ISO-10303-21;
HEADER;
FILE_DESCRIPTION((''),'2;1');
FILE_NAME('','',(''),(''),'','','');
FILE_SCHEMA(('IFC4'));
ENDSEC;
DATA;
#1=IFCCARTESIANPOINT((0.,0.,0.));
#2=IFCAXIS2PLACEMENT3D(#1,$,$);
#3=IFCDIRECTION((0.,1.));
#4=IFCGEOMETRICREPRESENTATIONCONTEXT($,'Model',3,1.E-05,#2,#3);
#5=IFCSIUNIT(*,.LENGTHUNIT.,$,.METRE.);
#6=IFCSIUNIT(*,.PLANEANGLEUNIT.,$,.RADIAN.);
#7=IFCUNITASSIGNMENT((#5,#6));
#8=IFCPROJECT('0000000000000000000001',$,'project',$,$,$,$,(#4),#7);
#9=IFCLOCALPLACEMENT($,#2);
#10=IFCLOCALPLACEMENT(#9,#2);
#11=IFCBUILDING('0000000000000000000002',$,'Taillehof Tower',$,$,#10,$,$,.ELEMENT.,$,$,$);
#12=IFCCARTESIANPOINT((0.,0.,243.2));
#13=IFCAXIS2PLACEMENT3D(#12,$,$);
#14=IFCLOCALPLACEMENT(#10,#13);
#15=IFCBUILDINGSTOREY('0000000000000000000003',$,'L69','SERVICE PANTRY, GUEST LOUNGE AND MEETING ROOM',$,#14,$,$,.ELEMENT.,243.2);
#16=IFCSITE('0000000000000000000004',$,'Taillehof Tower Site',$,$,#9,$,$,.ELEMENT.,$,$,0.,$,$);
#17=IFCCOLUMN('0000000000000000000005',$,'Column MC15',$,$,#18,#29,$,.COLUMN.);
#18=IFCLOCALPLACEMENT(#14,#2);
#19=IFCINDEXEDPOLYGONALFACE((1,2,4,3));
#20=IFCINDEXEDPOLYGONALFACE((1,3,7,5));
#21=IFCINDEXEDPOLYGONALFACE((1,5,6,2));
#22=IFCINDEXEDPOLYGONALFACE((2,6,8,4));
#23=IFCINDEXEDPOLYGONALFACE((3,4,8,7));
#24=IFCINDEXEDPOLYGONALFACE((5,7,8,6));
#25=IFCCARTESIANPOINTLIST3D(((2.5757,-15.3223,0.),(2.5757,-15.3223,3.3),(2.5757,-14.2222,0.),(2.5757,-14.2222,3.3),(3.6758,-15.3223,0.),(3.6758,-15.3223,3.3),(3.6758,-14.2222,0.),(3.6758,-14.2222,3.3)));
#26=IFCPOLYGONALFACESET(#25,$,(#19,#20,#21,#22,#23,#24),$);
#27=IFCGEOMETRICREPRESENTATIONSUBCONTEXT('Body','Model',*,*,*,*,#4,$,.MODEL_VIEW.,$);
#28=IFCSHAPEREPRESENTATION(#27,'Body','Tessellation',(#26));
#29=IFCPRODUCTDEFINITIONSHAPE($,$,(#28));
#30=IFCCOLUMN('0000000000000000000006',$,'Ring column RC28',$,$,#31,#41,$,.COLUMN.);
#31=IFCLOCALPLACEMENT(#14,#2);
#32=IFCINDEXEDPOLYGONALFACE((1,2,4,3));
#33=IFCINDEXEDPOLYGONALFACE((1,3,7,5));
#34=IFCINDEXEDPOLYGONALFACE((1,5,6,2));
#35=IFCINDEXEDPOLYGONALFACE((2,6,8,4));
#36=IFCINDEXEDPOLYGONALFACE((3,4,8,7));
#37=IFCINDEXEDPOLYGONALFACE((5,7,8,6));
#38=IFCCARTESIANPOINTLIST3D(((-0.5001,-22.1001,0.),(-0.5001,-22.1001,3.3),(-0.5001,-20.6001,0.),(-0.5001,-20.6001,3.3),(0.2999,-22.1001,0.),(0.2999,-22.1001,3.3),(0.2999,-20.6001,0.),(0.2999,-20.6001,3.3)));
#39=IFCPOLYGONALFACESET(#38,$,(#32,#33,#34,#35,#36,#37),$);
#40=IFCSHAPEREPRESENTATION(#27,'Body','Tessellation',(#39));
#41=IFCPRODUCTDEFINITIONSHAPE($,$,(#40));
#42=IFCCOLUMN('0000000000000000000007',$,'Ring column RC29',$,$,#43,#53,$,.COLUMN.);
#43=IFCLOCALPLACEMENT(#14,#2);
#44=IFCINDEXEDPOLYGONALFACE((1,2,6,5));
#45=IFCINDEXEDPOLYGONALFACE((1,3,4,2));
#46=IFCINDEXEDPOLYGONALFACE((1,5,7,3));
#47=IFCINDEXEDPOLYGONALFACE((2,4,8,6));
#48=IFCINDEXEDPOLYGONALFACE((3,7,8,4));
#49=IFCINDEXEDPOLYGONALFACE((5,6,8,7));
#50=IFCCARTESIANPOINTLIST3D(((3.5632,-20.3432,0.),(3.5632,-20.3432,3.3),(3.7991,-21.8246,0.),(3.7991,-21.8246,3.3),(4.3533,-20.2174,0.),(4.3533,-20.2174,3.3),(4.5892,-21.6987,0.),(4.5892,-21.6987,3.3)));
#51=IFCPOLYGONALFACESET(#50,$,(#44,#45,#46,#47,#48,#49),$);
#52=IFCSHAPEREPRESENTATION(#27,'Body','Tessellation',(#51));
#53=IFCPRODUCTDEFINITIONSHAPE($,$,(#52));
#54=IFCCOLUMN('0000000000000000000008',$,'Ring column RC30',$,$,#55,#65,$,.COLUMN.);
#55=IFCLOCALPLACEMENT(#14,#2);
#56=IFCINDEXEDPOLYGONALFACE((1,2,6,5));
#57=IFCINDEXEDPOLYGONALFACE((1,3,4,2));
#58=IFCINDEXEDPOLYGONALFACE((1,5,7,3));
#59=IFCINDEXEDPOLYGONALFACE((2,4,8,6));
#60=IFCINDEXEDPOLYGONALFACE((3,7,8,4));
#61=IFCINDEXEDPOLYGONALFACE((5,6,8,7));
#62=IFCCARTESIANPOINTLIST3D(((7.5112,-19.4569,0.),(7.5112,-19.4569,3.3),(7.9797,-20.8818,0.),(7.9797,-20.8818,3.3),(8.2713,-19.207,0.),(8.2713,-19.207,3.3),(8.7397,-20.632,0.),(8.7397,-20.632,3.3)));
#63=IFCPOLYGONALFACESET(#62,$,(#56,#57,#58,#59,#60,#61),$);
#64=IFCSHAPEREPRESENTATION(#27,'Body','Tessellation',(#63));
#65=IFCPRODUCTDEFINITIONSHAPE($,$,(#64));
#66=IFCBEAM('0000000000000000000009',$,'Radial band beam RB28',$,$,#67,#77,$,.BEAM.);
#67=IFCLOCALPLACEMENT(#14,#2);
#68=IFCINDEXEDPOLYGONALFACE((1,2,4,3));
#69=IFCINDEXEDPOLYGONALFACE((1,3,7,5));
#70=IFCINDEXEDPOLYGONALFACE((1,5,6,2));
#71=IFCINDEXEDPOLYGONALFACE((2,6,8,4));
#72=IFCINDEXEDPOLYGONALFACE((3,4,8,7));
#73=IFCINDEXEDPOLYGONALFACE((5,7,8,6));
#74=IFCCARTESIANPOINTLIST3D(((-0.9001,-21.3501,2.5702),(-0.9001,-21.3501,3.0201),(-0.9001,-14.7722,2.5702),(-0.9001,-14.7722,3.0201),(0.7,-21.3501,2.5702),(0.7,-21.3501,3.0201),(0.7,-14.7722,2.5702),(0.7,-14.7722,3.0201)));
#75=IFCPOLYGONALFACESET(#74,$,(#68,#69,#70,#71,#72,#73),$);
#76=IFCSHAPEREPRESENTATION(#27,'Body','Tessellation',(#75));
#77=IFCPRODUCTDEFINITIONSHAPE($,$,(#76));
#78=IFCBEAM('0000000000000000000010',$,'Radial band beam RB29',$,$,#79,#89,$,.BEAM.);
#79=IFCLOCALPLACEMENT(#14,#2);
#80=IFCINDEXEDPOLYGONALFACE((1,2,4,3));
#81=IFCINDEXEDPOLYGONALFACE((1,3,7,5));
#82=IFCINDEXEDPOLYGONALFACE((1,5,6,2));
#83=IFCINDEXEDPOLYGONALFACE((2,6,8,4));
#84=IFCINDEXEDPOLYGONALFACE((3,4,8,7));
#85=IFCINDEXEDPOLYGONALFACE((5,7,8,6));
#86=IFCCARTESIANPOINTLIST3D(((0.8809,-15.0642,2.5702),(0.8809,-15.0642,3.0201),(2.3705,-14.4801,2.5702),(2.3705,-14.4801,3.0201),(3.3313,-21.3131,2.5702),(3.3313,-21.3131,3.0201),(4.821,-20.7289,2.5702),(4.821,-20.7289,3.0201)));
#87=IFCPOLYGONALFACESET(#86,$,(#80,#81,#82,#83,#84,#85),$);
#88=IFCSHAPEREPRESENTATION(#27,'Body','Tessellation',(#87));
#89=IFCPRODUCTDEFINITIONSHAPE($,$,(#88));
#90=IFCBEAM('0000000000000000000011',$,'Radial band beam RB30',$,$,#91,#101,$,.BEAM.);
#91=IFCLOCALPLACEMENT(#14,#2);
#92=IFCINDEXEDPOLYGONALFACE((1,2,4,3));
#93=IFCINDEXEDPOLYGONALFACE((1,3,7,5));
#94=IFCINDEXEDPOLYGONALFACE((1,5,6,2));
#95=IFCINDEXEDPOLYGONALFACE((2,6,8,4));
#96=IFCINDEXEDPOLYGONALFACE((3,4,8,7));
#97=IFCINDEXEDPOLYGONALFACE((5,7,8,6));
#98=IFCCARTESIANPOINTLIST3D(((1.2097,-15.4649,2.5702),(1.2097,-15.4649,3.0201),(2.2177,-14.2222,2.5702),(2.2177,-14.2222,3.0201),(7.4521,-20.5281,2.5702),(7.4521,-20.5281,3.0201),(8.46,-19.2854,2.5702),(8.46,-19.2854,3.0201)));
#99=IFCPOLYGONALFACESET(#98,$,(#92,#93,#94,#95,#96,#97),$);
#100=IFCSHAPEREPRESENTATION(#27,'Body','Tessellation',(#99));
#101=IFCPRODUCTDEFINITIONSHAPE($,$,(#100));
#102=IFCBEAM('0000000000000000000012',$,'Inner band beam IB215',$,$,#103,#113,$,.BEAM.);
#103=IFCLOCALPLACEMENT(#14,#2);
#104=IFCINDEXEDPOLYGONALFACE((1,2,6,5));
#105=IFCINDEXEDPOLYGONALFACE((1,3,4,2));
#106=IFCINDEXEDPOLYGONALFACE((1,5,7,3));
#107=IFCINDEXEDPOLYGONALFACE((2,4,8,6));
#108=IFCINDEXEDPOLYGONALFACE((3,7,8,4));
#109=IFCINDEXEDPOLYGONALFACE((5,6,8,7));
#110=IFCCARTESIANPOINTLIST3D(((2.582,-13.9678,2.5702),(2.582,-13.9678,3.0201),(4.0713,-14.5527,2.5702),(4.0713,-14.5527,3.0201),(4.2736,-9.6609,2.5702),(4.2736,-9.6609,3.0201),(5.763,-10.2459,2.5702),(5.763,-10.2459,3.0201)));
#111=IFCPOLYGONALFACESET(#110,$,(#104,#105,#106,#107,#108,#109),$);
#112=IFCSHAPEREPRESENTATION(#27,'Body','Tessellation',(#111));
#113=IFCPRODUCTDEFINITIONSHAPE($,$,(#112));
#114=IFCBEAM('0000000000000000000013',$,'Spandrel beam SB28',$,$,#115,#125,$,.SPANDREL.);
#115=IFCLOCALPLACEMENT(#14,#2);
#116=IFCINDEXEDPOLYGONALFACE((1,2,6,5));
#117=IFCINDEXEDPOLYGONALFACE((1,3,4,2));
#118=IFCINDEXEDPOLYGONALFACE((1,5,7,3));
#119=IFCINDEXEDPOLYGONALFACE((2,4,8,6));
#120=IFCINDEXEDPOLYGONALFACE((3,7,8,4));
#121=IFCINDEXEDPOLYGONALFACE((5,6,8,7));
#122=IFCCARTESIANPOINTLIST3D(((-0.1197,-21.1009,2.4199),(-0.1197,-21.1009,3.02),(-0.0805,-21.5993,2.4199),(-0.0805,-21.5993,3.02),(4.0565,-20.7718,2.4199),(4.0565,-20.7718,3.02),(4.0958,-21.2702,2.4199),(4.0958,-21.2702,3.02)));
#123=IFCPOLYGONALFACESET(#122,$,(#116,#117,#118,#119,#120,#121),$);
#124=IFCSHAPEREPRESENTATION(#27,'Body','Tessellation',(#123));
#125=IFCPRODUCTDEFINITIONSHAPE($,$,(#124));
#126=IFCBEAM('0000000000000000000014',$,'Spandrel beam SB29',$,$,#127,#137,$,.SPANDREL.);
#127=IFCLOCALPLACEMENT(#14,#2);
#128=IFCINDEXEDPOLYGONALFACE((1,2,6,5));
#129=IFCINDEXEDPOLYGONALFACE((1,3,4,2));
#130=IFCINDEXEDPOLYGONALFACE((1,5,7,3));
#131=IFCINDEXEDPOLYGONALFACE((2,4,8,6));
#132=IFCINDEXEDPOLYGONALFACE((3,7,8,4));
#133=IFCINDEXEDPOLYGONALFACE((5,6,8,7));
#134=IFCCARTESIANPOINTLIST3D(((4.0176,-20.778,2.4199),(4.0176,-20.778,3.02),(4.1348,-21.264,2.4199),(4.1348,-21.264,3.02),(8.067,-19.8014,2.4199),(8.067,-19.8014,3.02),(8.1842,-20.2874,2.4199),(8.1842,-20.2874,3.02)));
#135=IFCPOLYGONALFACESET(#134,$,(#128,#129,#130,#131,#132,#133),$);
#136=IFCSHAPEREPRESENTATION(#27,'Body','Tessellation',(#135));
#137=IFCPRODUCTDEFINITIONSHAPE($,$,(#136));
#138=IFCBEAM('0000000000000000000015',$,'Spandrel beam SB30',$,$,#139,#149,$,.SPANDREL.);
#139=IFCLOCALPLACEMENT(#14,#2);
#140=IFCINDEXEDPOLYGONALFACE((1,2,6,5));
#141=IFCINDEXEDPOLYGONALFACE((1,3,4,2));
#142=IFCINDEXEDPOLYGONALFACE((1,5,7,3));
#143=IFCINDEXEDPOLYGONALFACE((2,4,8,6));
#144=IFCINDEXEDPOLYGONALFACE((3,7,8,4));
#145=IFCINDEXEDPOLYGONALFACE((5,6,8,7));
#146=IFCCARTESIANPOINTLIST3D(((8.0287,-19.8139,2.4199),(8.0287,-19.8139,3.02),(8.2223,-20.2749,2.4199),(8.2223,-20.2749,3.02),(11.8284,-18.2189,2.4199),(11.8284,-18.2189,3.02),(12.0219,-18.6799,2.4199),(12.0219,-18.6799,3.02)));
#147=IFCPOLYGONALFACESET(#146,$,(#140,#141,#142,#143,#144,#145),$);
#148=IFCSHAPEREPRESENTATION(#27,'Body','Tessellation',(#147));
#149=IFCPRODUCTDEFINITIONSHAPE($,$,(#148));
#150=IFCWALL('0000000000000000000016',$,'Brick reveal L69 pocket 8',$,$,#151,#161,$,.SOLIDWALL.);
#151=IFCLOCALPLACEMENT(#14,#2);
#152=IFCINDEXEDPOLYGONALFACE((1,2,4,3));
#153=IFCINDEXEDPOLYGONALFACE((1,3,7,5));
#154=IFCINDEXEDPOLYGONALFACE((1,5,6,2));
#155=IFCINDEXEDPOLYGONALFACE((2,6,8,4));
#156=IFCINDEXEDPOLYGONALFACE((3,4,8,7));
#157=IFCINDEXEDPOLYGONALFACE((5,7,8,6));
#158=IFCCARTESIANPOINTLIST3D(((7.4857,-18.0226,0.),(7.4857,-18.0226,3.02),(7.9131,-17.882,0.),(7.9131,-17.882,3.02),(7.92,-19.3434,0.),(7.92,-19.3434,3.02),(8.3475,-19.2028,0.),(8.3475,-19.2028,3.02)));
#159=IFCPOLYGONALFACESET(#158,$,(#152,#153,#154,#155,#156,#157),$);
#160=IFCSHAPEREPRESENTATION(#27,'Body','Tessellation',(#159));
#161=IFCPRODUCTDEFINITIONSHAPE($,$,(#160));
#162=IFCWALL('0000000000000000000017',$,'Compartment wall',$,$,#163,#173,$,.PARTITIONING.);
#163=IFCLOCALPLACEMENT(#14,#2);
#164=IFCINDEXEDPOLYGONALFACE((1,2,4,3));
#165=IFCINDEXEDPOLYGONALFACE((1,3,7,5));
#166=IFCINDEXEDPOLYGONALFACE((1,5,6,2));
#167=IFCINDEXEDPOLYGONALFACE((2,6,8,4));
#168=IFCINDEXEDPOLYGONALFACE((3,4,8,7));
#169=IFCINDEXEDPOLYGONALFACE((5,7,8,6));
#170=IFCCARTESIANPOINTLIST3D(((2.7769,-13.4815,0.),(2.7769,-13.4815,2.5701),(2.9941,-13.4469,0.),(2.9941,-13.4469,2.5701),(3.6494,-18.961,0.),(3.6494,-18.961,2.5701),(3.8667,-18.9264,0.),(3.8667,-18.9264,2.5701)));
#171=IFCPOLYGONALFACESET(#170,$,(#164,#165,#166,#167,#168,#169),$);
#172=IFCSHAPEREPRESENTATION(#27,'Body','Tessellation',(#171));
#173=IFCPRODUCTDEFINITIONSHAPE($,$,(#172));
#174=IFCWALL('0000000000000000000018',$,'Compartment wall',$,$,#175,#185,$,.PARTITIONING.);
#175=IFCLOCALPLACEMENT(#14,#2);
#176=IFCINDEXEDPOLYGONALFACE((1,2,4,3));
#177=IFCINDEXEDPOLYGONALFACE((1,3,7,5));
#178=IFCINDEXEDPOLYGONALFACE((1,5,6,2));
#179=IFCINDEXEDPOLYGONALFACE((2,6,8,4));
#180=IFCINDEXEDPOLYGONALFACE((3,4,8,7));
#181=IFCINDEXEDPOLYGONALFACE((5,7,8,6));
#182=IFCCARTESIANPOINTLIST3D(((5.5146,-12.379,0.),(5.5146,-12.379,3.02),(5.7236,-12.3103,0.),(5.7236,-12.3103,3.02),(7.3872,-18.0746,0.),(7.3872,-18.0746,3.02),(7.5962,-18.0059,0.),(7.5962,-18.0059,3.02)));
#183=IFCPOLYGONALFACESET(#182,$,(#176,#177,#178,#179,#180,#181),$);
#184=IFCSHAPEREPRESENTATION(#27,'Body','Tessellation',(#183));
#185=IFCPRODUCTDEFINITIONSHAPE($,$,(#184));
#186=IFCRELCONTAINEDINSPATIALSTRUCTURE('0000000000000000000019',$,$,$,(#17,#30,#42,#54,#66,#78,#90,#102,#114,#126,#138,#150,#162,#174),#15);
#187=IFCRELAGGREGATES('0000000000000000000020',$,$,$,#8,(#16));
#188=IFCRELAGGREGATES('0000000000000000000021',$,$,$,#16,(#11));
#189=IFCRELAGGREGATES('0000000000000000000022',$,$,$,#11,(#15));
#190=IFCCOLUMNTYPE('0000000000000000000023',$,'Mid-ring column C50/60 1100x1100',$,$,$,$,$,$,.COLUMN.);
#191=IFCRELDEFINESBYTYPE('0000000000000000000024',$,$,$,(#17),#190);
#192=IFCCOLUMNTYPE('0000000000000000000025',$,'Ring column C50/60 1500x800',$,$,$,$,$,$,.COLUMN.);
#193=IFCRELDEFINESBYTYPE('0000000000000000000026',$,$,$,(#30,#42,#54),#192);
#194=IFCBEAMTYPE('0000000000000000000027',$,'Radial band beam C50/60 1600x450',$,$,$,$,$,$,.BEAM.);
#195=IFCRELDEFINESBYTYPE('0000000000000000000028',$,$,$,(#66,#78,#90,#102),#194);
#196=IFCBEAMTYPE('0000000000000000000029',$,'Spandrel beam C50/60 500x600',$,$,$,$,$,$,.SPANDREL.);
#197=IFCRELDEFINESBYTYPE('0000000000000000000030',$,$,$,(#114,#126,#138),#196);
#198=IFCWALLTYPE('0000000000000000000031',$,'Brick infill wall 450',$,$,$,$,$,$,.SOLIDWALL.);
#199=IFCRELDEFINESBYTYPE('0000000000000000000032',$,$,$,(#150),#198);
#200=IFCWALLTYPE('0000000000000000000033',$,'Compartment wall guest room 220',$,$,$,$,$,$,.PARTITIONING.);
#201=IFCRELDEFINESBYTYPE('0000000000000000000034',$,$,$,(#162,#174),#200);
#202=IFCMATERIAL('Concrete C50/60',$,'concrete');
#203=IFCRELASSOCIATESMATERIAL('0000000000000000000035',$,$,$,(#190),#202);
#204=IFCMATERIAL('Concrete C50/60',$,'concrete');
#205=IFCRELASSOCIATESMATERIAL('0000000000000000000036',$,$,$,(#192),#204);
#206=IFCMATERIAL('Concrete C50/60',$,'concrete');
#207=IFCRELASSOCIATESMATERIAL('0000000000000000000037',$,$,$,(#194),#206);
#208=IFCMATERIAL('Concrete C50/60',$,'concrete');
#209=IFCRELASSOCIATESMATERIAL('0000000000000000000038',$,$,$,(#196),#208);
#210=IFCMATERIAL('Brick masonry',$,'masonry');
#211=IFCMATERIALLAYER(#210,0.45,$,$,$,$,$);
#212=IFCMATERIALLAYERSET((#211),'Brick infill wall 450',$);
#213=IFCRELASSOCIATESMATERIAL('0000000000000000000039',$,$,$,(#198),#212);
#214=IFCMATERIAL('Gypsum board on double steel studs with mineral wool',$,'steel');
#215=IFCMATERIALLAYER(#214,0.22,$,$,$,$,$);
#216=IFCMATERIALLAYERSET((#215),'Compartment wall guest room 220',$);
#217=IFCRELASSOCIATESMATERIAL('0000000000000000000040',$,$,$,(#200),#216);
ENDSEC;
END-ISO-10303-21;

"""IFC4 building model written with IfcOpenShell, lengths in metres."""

from ifc_helpers import new_model, si_unit, direction, frame, frame_2d, origin, origin_2d, place, context, subcontext, project, spatial, rectangle, extrude, material, layer, layer_set, material_profile, profile_set, type_object, element, save


model = new_model("IFC4")

# Units and contexts
model_context = context("Model", 3, precision=1e-05, world=origin(), true_north=direction((0.0, 1.0)))
body_context = subcontext(model_context, "Body", "Model", "MODEL_VIEW")
ifc_project = project(units=[si_unit("LENGTHUNIT", "METRE"), si_unit("PLANEANGLEUNIT", "RADIAN")], contexts=[model_context])

# Site, building, storey
site_placement = place(None, origin())
site = spatial("IfcSite", under=ifc_project, at=site_placement, Name="Taillehof Tower Site", CompositionType="ELEMENT", RefElevation=0.0)
building_placement = place(site_placement, origin())
building = spatial("IfcBuilding", under=site, at=building_placement, Name="Taillehof Tower", CompositionType="ELEMENT")
storey_placement = place(building_placement, frame((0.0, 0.0, 243.2)))
storey = spatial("IfcBuildingStorey", under=building, at=storey_placement, Name="L69", Description="SERVICE PANTRY, GUEST LOUNGE AND MEETING ROOM", CompositionType="ELEMENT", Elevation=243.2)

# Columns
ifc_material_1 = material(Name="Concrete C50/60", Category="concrete")
ifc_material_profile_1 = material_profile(ifc_material_1, rectangle(XDim=1.1001, YDim=1.1001, at=origin_2d()), Name="RC 1100x1100")
ifc_profile_set_1 = profile_set([ifc_material_profile_1], Name="Concrete C50/60")
column_type_1 = type_object("IfcColumnType", Name="Mid-ring column C50/60 1100x1100", PredefinedType="COLUMN", material=ifc_profile_set_1)
column_placement = place(storey_placement, frame((3.1257, -14.7722, 0.0), z_axis=(0.0, 0.0, 1.0), x_axis=(1.0, 0.0, 0.0)))
element("IfcColumn", 1, at=column_placement, inside=storey, type_object=column_type_1, Name="Column MC15", PredefinedType="COLUMN", context=body_context, shape_type="SweptSolid", body=[
    extrude(rectangle(XDim=1.1001, YDim=1.1001, at=origin_2d()), origin(), (0.0, 0.0, 1.0), 3.3),
])
ifc_material_2 = material(Name="Concrete C50/60", Category="concrete")
ifc_material_profile_2 = material_profile(ifc_material_2, rectangle(XDim=1.5, YDim=0.8, at=origin_2d()), Name="RC 1500x800")
ifc_profile_set_2 = profile_set([ifc_material_profile_2], Name="Concrete C50/60")
column_type_2 = type_object("IfcColumnType", Name="Ring column C50/60 1500x800", PredefinedType="COLUMN", material=ifc_profile_set_2)
for number, where, z_axis, x_axis, name in (
    (2, (-0.1001, -21.3501, 0.0), (0.0, 0.0, 1.0), (0.0, -1.0, 0.0), "Ring column RC28"),
    (3, (4.0762, -21.021, 0.0), (0.0, 0.0, 1.0), (0.157281, -0.987554, 0.0), "Ring column RC29"),
    (4, (8.1255, -20.0444, 0.0), (0.0, 0.0, 1.0), (0.312304, -0.949982, 0.0), "Ring column RC30"),
):
    element("IfcColumn", number, at=place(storey_placement, frame(where, z_axis=z_axis, x_axis=x_axis)), inside=storey, type_object=column_type_2, Name=name, PredefinedType="COLUMN", context=body_context, shape_type="SweptSolid", body=[
        extrude(rectangle(XDim=1.5, YDim=0.8, at=origin_2d()), origin(), (0.0, 0.0, 1.0), 3.3),
    ])

# Beams
ifc_material_3 = material(Name="Concrete C50/60", Category="concrete")
ifc_material_profile_3 = material_profile(ifc_material_3, rectangle(XDim=1.6001, YDim=0.45, at=origin_2d()), Name="RC 1600x450")
ifc_profile_set_3 = profile_set([ifc_material_profile_3], Name="Concrete C50/60")
beam_type_1 = type_object("IfcBeamType", Name="Radial band beam C50/60 1600x450", PredefinedType="BEAM", material=ifc_profile_set_3)
beam_1_placement = place(storey_placement, frame((-0.1001, -21.3501, 2.7952), z_axis=(0.0, 1.0, 0.0), x_axis=(-1.0, 0.0, 0.0)))
element("IfcBeam", 5, at=beam_1_placement, inside=storey, type_object=beam_type_1, Name="Radial band beam RB28", PredefinedType="BEAM", context=body_context, shape_type="SweptSolid", body=[
    extrude(rectangle(XDim=1.6001, YDim=0.45, at=origin_2d()), origin(), (0.0, 0.0, 1.0), 6.5779),
])
beam_2_placement = place(storey_placement, frame((4.0762, -21.021, 2.7952), z_axis=(-0.365079, 0.930976, 0.0), x_axis=(-0.930976, -0.365079, 0.0)))
element("IfcBeam", 6, at=beam_2_placement, inside=storey, type_object=beam_type_1, Name="Radial band beam RB29", PredefinedType="BEAM", context=body_context, shape_type="SweptSolid", body=[
    extrude(rectangle(XDim=1.6001, YDim=0.45, at=origin_2d()), origin(), (0.0, 0.0, 1.0), 6.7122),
])
beam_3_placement = place(storey_placement, frame((7.9561, -19.9067, 2.7952), z_axis=(-0.776646, 0.629937, 0.0), x_axis=(-0.629937, -0.776646, 0.0)))
element("IfcBeam", 7, at=beam_3_placement, inside=storey, type_object=beam_type_1, Name="Radial band beam RB30", PredefinedType="BEAM", context=body_context, shape_type="SweptSolid", body=[
    extrude(rectangle(XDim=1.6001, YDim=0.45, at=origin_2d()), origin(), (0.0, 0.0, 1.0), 8.0376),
])
beam_4_placement = place(storey_placement, frame((3.3267, -14.2603, 2.7952), z_axis=(0.365589, 0.930777, 0.0), x_axis=(-0.930777, 0.365589, 0.0)))
element("IfcBeam", 8, at=beam_4_placement, inside=storey, type_object=beam_type_1, Name="Inner band beam IB215", PredefinedType="BEAM", context=body_context, shape_type="SweptSolid", body=[
    extrude(rectangle(XDim=1.6001, YDim=0.45, at=origin_2d()), origin(), (0.0, 0.0, 1.0), 4.6272),
])
ifc_material_4 = material(Name="Concrete C50/60", Category="concrete")
ifc_material_profile_4 = material_profile(ifc_material_4, rectangle(XDim=0.5, YDim=0.6001, at=origin_2d()), Name="RC 500x600")
ifc_profile_set_4 = profile_set([ifc_material_profile_4], Name="Concrete C50/60")
beam_type_2 = type_object("IfcBeamType", Name="Spandrel beam C50/60 500x600", PredefinedType="SPANDREL", material=ifc_profile_set_4)
beam_5_placement = place(storey_placement, frame((-0.1001, -21.3501, 2.72), z_axis=(0.996909, 0.078559, 0.0), x_axis=(-0.078559, 0.996909, 0.0)))
element("IfcBeam", 9, at=beam_5_placement, inside=storey, type_object=beam_type_2, Name="Spandrel beam SB28", PredefinedType="SPANDREL", context=body_context, shape_type="SweptSolid", body=[
    extrude(rectangle(XDim=0.5, YDim=0.6001, at=origin_2d()), origin(), (0.0, 0.0, 1.0), 4.1892),
])
beam_6_placement = place(storey_placement, frame((4.0762, -21.021, 2.72), z_axis=(0.972129, 0.234446, 0.0), x_axis=(-0.234446, 0.972129, 0.0)))
element("IfcBeam", 10, at=beam_6_placement, inside=storey, type_object=beam_type_2, Name="Spandrel beam SB29", PredefinedType="SPANDREL", context=body_context, shape_type="SweptSolid", body=[
    extrude(rectangle(XDim=0.5, YDim=0.6001, at=origin_2d()), origin(), (0.0, 0.0, 1.0), 4.1655),
])
beam_7_placement = place(storey_placement, frame((8.1255, -20.0444, 2.72), z_axis=(0.922055, 0.387058, 0.0), x_axis=(-0.387058, 0.922055, 0.0)))
element("IfcBeam", 11, at=beam_7_placement, inside=storey, type_object=beam_type_2, Name="Spandrel beam SB30", PredefinedType="SPANDREL", context=body_context, shape_type="SweptSolid", body=[
    extrude(rectangle(XDim=0.5, YDim=0.6001, at=origin_2d()), origin(), (0.0, 0.0, 1.0), 4.1208),
])

# Wall
ifc_material_5 = material(Name="Brick masonry", Category="masonry")
ifc_layer_1 = layer(ifc_material_5, 0.45)
ifc_layer_set_1 = layer_set([ifc_layer_1], Name="Brick infill wall 450")
wall_type_1 = type_object("IfcWallType", Name="Brick infill wall 450", PredefinedType="SOLIDWALL", material=ifc_layer_set_1)
wall_1_placement = place(storey_placement, frame((8.1338, -19.2732, 0.0), z_axis=(0.0, 0.0, 1.0), x_axis=(-0.31238, 0.949957, 0.0)))
element("IfcWall", 12, at=wall_1_placement, inside=storey, type_object=wall_type_1, Name="Brick reveal L69 pocket 8", PredefinedType="SOLIDWALL", context=body_context, shape_type="SweptSolid", body=[
    extrude(rectangle(XDim=1.3904, YDim=0.45, at=frame_2d((0.6953, 0.0))), origin(), (0.0, 0.0, 1.0), 3.02),
])

# Walls
ifc_material_6 = material(Name="Gypsum board on double steel studs with mineral wool", Category="steel")
ifc_layer_2 = layer(ifc_material_6, 0.22)
ifc_layer_set_2 = layer_set([ifc_layer_2], Name="Compartment wall guest room 220")
wall_type_2 = type_object("IfcWallType", Name="Compartment wall guest room 220", PredefinedType="PARTITIONING", material=ifc_layer_set_2)
wall_2_placement = place(storey_placement, frame((3.7581, -18.9438, 0.0), z_axis=(0.0, 0.0, 1.0), x_axis=(-0.157259, 0.987557, 0.0)))
element("IfcWall", 13, at=wall_2_placement, inside=storey, type_object=wall_type_2, Name="Compartment wall", PredefinedType="PARTITIONING", context=body_context, shape_type="SweptSolid", body=[
    extrude(rectangle(XDim=5.5486, YDim=0.22, at=frame_2d((2.7744, 0.0))), origin(), (0.0, 0.0, 1.0), 2.5701),
])
wall_3_placement = place(storey_placement, frame((7.4917, -18.0403, 0.0), z_axis=(0.0, 0.0, 1.0), x_axis=(-0.312328, 0.949974, 0.0)))
element("IfcWall", 14, at=wall_3_placement, inside=storey, type_object=wall_type_2, Name="Compartment wall", PredefinedType="PARTITIONING", context=body_context, shape_type="SweptSolid", body=[
    extrude(rectangle(XDim=5.9956, YDim=0.22, at=frame_2d((2.9978, 0.0))), origin(), (0.0, 0.0, 1.0), 3.02),
])

save(model, "model.ifc")
